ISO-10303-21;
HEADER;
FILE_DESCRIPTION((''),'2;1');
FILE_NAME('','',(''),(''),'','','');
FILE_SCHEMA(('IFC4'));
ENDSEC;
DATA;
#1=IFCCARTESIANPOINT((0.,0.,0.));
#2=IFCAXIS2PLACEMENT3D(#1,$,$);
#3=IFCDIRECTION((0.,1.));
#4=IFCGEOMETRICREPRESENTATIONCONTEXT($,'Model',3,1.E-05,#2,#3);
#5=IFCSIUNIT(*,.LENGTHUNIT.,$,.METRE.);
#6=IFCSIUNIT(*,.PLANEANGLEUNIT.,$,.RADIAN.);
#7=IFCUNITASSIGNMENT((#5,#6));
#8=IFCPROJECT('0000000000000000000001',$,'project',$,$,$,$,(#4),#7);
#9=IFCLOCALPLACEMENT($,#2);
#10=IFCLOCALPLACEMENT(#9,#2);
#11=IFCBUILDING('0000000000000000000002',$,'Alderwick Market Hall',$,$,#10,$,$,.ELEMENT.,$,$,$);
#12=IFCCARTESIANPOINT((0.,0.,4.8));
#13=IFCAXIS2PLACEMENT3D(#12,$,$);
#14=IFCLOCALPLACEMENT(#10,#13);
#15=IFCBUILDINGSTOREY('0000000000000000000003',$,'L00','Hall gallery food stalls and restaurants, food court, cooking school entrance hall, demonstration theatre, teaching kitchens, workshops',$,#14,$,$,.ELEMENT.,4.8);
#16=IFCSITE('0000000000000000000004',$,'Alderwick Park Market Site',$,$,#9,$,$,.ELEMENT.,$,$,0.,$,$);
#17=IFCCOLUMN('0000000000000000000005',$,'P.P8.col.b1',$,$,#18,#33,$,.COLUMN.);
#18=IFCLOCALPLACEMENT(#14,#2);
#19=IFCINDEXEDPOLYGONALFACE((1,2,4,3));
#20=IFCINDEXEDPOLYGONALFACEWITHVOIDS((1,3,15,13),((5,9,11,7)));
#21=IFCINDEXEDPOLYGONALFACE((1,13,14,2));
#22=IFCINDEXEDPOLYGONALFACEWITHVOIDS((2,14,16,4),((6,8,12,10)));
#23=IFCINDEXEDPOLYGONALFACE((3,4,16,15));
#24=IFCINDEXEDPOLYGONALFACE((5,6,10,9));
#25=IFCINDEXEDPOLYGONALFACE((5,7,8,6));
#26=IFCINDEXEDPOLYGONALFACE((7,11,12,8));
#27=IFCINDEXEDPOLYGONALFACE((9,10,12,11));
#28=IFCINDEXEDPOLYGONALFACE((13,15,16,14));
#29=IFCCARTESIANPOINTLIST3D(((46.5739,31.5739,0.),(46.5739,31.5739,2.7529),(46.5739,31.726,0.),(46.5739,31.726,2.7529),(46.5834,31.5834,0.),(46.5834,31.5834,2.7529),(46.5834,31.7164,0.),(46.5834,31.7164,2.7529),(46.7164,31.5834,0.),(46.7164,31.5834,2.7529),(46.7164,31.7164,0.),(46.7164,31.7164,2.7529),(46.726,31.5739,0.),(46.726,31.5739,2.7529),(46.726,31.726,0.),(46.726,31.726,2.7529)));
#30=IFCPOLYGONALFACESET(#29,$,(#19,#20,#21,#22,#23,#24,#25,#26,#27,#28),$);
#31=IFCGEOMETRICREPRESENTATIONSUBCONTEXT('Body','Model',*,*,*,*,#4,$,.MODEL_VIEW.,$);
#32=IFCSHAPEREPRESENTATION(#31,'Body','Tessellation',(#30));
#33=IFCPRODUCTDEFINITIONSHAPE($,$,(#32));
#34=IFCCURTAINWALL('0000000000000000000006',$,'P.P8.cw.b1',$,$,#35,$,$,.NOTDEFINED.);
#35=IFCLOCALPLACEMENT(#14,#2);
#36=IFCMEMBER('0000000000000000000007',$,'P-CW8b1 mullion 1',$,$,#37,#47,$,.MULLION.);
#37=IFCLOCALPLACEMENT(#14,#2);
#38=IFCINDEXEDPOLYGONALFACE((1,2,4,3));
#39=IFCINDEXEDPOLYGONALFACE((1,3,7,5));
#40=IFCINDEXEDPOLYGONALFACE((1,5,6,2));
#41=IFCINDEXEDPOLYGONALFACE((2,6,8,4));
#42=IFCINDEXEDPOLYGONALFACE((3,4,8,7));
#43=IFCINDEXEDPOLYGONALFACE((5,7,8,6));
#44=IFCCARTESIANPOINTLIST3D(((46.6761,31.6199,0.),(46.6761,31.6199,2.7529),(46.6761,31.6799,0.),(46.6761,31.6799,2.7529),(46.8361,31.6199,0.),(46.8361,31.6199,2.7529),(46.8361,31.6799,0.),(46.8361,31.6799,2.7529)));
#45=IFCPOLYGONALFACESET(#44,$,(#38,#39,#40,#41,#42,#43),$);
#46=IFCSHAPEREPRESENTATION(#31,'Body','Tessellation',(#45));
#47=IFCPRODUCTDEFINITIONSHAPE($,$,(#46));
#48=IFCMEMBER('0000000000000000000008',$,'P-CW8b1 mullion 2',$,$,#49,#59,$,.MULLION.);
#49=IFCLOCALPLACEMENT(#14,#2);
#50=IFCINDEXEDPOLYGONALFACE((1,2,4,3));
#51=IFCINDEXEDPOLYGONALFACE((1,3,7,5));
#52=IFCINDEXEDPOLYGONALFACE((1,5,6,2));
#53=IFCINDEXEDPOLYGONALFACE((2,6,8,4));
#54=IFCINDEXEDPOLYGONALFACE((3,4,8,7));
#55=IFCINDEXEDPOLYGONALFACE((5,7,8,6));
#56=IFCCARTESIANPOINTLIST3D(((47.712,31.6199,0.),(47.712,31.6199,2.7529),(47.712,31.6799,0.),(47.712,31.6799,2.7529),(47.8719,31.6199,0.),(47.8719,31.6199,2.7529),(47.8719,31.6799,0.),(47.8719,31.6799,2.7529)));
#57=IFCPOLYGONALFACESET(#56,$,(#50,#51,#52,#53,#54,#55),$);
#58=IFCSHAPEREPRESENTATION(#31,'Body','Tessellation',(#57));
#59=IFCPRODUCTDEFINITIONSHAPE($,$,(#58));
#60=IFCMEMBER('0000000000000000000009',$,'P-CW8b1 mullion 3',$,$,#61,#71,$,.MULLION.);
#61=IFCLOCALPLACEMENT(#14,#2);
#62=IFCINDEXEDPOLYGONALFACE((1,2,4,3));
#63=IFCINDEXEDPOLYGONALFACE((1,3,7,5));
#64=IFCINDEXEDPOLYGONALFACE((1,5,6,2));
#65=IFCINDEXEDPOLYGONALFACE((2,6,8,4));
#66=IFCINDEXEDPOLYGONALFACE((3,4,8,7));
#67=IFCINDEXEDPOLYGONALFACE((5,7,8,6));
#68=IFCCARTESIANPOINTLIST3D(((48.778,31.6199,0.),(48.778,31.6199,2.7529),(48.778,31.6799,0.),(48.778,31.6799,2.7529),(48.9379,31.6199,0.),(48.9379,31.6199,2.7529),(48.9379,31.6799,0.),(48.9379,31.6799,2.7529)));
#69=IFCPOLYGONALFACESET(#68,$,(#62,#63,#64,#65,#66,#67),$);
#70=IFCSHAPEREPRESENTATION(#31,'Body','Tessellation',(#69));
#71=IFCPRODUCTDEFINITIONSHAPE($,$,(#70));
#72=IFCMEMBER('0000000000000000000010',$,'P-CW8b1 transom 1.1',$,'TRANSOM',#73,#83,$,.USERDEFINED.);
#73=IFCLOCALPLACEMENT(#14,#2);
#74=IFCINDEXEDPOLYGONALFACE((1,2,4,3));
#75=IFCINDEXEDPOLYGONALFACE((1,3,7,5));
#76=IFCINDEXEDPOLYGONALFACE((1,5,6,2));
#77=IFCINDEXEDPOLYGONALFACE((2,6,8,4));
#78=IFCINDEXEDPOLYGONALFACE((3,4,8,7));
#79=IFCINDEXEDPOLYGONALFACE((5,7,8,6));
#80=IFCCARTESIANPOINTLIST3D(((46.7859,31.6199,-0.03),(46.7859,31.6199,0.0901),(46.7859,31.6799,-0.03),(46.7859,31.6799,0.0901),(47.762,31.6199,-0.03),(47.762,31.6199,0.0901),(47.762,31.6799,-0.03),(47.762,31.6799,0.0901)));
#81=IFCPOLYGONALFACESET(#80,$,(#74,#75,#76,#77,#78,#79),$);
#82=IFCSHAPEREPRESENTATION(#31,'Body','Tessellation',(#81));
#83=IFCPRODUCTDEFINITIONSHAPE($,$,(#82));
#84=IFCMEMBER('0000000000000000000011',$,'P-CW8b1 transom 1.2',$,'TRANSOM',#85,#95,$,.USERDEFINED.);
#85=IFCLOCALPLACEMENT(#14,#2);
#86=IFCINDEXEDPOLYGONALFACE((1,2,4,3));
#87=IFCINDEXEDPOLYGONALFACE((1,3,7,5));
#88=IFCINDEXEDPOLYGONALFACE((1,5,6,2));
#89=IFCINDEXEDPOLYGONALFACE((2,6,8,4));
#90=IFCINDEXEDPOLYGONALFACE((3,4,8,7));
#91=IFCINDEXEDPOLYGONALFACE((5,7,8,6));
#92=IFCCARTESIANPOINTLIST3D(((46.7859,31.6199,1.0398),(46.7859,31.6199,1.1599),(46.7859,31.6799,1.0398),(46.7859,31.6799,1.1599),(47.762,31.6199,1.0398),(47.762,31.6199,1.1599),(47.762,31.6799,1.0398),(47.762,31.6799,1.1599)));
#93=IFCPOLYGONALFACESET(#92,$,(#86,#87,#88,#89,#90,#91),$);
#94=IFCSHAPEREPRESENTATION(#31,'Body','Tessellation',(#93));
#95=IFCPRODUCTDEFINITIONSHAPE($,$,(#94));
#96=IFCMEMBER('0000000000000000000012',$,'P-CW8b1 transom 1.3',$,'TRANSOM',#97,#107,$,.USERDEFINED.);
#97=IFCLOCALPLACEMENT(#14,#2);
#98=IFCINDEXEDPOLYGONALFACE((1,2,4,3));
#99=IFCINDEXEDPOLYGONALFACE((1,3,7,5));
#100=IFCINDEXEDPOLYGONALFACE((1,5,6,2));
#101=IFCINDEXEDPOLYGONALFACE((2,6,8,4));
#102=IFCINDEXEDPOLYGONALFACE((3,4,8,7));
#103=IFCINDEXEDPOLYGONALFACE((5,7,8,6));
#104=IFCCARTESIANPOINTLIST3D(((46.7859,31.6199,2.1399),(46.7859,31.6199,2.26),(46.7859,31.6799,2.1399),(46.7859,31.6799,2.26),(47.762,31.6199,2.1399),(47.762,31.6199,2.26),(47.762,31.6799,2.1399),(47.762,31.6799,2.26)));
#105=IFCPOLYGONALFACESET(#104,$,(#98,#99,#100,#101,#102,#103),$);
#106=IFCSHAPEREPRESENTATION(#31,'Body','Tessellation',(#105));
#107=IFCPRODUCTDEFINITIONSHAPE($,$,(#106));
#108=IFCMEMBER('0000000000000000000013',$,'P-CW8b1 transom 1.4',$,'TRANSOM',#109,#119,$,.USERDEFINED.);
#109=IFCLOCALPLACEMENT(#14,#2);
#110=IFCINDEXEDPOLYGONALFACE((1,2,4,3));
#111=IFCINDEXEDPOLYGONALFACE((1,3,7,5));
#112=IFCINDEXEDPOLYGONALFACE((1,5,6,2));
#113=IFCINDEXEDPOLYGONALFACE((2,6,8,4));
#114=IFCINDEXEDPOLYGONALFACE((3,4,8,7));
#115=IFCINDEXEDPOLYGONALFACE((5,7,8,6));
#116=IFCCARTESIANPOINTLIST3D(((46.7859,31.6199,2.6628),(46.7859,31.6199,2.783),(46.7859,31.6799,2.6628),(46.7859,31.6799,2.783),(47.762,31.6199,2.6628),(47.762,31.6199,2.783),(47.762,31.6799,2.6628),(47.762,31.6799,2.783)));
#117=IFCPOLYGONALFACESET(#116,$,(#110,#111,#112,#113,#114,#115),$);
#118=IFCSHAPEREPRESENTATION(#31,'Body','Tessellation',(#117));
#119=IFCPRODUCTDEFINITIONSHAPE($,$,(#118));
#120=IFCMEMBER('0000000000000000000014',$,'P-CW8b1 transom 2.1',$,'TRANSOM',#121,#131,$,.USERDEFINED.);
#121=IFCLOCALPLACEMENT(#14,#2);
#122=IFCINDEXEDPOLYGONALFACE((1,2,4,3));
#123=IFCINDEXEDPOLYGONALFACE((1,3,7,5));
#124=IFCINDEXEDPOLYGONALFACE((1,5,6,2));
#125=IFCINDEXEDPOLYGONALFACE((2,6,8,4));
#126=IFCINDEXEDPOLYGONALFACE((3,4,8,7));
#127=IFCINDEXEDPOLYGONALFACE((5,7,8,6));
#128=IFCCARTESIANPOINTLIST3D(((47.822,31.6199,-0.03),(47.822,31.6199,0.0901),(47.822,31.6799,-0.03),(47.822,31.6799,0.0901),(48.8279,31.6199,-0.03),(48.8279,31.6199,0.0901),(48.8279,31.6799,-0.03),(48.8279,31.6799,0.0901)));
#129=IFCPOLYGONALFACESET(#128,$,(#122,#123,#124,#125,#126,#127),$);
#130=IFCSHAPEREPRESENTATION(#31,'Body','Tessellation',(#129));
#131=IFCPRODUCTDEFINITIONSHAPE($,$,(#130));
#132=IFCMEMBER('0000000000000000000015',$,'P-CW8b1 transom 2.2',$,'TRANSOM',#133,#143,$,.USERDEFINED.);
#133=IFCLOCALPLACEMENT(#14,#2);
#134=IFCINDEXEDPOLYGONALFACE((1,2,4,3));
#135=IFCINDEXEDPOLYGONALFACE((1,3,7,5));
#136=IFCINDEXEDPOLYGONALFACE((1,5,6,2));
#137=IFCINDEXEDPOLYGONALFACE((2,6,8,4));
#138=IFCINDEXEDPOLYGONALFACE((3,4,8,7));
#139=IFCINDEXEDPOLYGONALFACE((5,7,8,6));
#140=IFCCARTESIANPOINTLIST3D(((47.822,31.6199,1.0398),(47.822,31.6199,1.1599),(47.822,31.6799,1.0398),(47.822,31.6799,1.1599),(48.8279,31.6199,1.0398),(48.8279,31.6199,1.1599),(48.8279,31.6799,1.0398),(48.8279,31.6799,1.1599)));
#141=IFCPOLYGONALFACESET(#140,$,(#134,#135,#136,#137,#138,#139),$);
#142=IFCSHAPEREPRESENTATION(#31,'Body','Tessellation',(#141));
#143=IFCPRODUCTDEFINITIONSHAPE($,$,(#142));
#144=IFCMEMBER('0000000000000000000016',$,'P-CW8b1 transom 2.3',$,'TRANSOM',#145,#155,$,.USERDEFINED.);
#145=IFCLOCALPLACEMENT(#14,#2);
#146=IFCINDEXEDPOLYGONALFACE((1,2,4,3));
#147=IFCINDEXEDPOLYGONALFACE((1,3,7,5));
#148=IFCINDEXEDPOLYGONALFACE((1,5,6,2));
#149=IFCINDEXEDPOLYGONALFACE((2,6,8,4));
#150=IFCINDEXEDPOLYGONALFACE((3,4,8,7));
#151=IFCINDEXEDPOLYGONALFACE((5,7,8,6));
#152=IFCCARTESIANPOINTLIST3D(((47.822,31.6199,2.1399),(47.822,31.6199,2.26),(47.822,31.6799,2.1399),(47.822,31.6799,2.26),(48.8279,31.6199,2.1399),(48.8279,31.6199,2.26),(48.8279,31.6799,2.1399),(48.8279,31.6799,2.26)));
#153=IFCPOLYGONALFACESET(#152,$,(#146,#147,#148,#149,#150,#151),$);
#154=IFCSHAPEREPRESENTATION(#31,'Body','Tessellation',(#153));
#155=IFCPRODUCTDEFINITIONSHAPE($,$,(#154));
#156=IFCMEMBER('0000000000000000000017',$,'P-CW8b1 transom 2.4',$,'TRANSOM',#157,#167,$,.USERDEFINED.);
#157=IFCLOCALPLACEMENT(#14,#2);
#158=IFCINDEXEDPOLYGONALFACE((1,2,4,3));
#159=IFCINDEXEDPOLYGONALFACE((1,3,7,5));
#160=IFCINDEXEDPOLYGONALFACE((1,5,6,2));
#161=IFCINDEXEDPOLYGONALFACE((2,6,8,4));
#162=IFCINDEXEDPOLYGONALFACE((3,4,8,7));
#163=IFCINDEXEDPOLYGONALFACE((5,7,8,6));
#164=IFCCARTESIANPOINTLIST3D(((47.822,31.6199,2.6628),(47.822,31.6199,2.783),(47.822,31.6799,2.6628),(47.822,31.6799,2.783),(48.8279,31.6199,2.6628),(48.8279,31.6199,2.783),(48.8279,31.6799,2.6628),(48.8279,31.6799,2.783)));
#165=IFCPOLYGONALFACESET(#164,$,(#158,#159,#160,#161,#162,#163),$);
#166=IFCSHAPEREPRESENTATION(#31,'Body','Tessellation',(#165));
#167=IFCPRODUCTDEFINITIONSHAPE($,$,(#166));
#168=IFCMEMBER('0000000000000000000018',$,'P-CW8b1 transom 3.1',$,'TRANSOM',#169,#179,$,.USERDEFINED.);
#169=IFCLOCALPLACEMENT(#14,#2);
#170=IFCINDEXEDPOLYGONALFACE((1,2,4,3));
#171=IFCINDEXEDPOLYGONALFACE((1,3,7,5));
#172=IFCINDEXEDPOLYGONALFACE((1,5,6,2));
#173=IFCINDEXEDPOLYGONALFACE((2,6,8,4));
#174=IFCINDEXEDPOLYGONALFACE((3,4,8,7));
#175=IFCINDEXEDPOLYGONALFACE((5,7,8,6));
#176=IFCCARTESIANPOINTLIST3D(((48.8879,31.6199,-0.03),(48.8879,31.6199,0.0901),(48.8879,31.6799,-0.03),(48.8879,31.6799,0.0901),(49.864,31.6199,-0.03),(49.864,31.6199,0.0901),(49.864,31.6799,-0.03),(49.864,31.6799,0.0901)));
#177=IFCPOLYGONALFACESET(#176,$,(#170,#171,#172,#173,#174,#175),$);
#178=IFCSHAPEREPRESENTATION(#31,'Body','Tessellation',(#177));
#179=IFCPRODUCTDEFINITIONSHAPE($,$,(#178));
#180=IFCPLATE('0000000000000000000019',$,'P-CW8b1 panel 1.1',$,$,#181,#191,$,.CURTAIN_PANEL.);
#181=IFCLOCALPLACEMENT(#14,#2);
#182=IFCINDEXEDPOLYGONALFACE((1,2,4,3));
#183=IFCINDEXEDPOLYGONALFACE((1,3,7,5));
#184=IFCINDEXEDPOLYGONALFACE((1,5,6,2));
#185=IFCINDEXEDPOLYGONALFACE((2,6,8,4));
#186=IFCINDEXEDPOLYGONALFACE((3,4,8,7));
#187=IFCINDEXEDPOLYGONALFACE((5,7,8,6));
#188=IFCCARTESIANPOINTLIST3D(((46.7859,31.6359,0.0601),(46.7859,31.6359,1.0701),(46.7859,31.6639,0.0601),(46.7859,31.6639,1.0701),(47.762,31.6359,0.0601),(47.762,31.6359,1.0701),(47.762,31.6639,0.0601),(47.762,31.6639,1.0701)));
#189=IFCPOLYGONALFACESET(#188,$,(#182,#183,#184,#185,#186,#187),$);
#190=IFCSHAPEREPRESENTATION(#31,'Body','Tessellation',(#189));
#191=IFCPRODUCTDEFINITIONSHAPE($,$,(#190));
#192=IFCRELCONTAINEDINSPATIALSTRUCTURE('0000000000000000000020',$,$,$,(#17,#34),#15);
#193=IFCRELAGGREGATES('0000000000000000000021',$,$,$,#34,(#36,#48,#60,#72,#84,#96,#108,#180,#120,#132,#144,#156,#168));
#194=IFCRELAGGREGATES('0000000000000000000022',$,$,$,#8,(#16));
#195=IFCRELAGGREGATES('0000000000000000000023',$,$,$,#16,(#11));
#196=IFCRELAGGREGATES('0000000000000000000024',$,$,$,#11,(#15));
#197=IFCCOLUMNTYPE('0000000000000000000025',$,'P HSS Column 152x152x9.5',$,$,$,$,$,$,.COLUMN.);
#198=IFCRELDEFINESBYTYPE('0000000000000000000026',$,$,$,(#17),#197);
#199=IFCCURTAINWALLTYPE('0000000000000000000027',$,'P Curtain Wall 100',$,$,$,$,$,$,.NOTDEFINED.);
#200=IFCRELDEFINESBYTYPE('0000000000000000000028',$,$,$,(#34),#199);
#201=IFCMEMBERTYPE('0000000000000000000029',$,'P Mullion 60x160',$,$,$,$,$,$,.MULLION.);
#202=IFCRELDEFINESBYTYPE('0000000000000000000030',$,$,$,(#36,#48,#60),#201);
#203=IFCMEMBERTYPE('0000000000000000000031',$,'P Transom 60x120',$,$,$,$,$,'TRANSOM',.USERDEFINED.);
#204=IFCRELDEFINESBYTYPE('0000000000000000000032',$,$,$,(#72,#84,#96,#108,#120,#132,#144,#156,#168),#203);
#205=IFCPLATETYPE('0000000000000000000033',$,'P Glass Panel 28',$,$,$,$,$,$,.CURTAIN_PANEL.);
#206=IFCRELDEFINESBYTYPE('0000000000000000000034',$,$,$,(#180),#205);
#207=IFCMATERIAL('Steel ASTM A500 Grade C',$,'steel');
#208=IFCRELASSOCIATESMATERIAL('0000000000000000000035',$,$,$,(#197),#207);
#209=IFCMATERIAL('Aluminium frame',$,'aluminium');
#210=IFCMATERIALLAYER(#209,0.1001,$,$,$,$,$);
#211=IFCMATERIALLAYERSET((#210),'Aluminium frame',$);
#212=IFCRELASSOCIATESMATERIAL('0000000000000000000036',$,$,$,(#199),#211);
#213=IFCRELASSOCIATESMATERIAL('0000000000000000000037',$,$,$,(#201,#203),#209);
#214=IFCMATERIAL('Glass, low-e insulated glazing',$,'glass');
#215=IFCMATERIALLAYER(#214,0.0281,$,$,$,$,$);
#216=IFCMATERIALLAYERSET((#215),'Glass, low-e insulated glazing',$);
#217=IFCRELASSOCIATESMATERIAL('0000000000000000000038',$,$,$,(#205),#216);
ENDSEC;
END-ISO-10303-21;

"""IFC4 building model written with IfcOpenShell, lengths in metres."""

from ifc_helpers import new_model, si_unit, direction, frame, origin, origin_2d, place, context, subcontext, project, spatial, rectangle, hollow_rectangle, extrude, material, layer, layer_set, material_profile, profile_set, type_object, element, aggregate, save


model = new_model("IFC4")

# Units and contexts
model_context = context("Model", 3, precision=1e-05, world=origin(), true_north=direction((0.0, 1.0)))
body_context = subcontext(model_context, "Body", "Model", "MODEL_VIEW")
ifc_project = project(units=[si_unit("LENGTHUNIT", "METRE"), si_unit("PLANEANGLEUNIT", "RADIAN")], contexts=[model_context])

# Site, building, storey
site_placement = place(None, origin())
site = spatial("IfcSite", under=ifc_project, at=site_placement, Name="Alderwick Park Market Site", CompositionType="ELEMENT", RefElevation=0.0)
building_placement = place(site_placement, origin())
building = spatial("IfcBuilding", under=site, at=building_placement, Name="Alderwick Market Hall", CompositionType="ELEMENT")
storey_placement = place(building_placement, frame((0.0, 0.0, 4.8)))
storey = spatial("IfcBuildingStorey", under=building, at=storey_placement, Name="L00", Description="Hall gallery food stalls and restaurants, food court, cooking school entrance hall, demonstration theatre, teaching kitchens, workshops", CompositionType="ELEMENT", Elevation=4.8)

# Column
ifc_material_1 = material(Name="Steel ASTM A500 Grade C", Category="steel")
ifc_material_profile_1 = material_profile(ifc_material_1, hollow_rectangle(XDim=0.1521, YDim=0.1521, WallThickness=0.0095, at=origin_2d()), Name="HSS152x152x9.5")
ifc_profile_set_1 = profile_set([ifc_material_profile_1], Name="Steel ASTM A500 Grade C")
column_type = type_object("IfcColumnType", Name="P HSS Column 152x152x9.5", PredefinedType="COLUMN", material=ifc_profile_set_1)
column_placement = place(storey_placement, frame((46.6499, 31.6499, 0.0), z_axis=(0.0, 0.0, 1.0), x_axis=(1.0, 0.0, 0.0)))
element("IfcColumn", 1, at=column_placement, inside=storey, type_object=column_type, Name="P.P8.col.b1", PredefinedType="COLUMN", context=body_context, shape_type="SweptSolid", body=[
    extrude(hollow_rectangle(XDim=0.1521, YDim=0.1521, WallThickness=0.0095, at=origin_2d()), origin(), (0.0, 0.0, 1.0), 2.7529),
])

# Curtain wall, members, plate
ifc_material_2 = material(Name="Aluminium frame", Category="aluminium")
ifc_layer_1 = layer(ifc_material_2, 0.1001)
ifc_layer_set_1 = layer_set([ifc_layer_1], Name="Aluminium frame")
curtain_wall_type = type_object("IfcCurtainWallType", Name="P Curtain Wall 100", PredefinedType="NOTDEFINED", material=ifc_layer_set_1)
curtain_wall_placement = place(storey_placement, origin())
curtain_wall = element("IfcCurtainWall", 2, at=curtain_wall_placement, inside=storey, type_object=curtain_wall_type, Name="P.P8.cw.b1", PredefinedType="NOTDEFINED")
ifc_material_profile_2 = material_profile(ifc_material_2, rectangle(XDim=0.0601, YDim=0.1599, at=origin_2d()), Name="P Mullion 60x160")
ifc_profile_set_2 = profile_set([ifc_material_profile_2], Name="Aluminium frame")
member_type_1 = type_object("IfcMemberType", Name="P Mullion 60x160", PredefinedType="MULLION", material=ifc_profile_set_2)
member_1_placement = place(storey_placement, frame((46.7561, 31.6499, 0.0), z_axis=(0.0, 0.0, 1.0), x_axis=(0.0, 1.0, 0.0)))
member_1 = element("IfcMember", 3, at=member_1_placement, type_object=member_type_1, Name="P-CW8b1 mullion 1", PredefinedType="MULLION", context=body_context, shape_type="SweptSolid", body=[
    extrude(rectangle(XDim=0.0601, YDim=0.1599, at=origin_2d()), origin(), (0.0, 0.0, 1.0), 2.7529),
])
member_2_placement = place(storey_placement, frame((47.792, 31.6499, 0.0), z_axis=(0.0, 0.0, 1.0), x_axis=(0.0, 1.0, 0.0)))
member_2 = element("IfcMember", 4, at=member_2_placement, type_object=member_type_1, Name="P-CW8b1 mullion 2", PredefinedType="MULLION", context=body_context, shape_type="SweptSolid", body=[
    extrude(rectangle(XDim=0.0601, YDim=0.1599, at=origin_2d()), origin(), (0.0, 0.0, 1.0), 2.7529),
])
member_3_placement = place(storey_placement, frame((48.8579, 31.6499, 0.0), z_axis=(0.0, 0.0, 1.0), x_axis=(0.0, 1.0, 0.0)))
member_3 = element("IfcMember", 5, at=member_3_placement, type_object=member_type_1, Name="P-CW8b1 mullion 3", PredefinedType="MULLION", context=body_context, shape_type="SweptSolid", body=[
    extrude(rectangle(XDim=0.0601, YDim=0.1599, at=origin_2d()), origin(), (0.0, 0.0, 1.0), 2.7529),
])
ifc_material_profile_3 = material_profile(ifc_material_2, rectangle(XDim=0.0601, YDim=0.1201, at=origin_2d()), Name="P Transom 60x120")
ifc_profile_set_3 = profile_set([ifc_material_profile_3], Name="Aluminium frame")
member_type_2 = type_object("IfcMemberType", Name="P Transom 60x120", ElementType="TRANSOM", PredefinedType="USERDEFINED", material=ifc_profile_set_3)
member_4_placement = place(storey_placement, frame((46.7859, 31.6499, 0.03), z_axis=(1.0, 0.0, 0.0), x_axis=(0.0, 1.0, 0.0)))
member_4 = element("IfcMember", 6, at=member_4_placement, type_object=member_type_2, Name="P-CW8b1 transom 1.1", ObjectType="TRANSOM", PredefinedType="USERDEFINED", context=body_context, shape_type="SweptSolid", body=[
    extrude(rectangle(XDim=0.0601, YDim=0.1201, at=origin_2d()), origin(), (0.0, 0.0, 1.0), 0.9761),
])
member_5_placement = place(storey_placement, frame((46.7859, 31.6499, 1.0999), z_axis=(1.0, 0.0, 0.0), x_axis=(0.0, 1.0, 0.0)))
member_5 = element("IfcMember", 7, at=member_5_placement, type_object=member_type_2, Name="P-CW8b1 transom 1.2", ObjectType="TRANSOM", PredefinedType="USERDEFINED", context=body_context, shape_type="SweptSolid", body=[
    extrude(rectangle(XDim=0.0601, YDim=0.1201, at=origin_2d()), origin(), (0.0, 0.0, 1.0), 0.9761),
])
member_6_placement = place(storey_placement, frame((46.7859, 31.6499, 2.2), z_axis=(1.0, 0.0, 0.0), x_axis=(0.0, 1.0, 0.0)))
member_6 = element("IfcMember", 8, at=member_6_placement, type_object=member_type_2, Name="P-CW8b1 transom 1.3", ObjectType="TRANSOM", PredefinedType="USERDEFINED", context=body_context, shape_type="SweptSolid", body=[
    extrude(rectangle(XDim=0.0601, YDim=0.1201, at=origin_2d()), origin(), (0.0, 0.0, 1.0), 0.9761),
])
member_7_placement = place(storey_placement, frame((46.7859, 31.6499, 2.7229), z_axis=(1.0, 0.0, 0.0), x_axis=(0.0, 1.0, 0.0)))
member_7 = element("IfcMember", 9, at=member_7_placement, type_object=member_type_2, Name="P-CW8b1 transom 1.4", ObjectType="TRANSOM", PredefinedType="USERDEFINED", context=body_context, shape_type="SweptSolid", body=[
    extrude(rectangle(XDim=0.0601, YDim=0.1201, at=origin_2d()), origin(), (0.0, 0.0, 1.0), 0.9761),
])
member_8_placement = place(storey_placement, frame((47.822, 31.6499, 0.03), z_axis=(1.0, 0.0, 0.0), x_axis=(0.0, 1.0, 0.0)))
member_8 = element("IfcMember", 10, at=member_8_placement, type_object=member_type_2, Name="P-CW8b1 transom 2.1", ObjectType="TRANSOM", PredefinedType="USERDEFINED", context=body_context, shape_type="SweptSolid", body=[
    extrude(rectangle(XDim=0.0601, YDim=0.1201, at=origin_2d()), origin(), (0.0, 0.0, 1.0), 1.0059),
])
member_9_placement = place(storey_placement, frame((47.822, 31.6499, 1.0999), z_axis=(1.0, 0.0, 0.0), x_axis=(0.0, 1.0, 0.0)))
member_9 = element("IfcMember", 11, at=member_9_placement, type_object=member_type_2, Name="P-CW8b1 transom 2.2", ObjectType="TRANSOM", PredefinedType="USERDEFINED", context=body_context, shape_type="SweptSolid", body=[
    extrude(rectangle(XDim=0.0601, YDim=0.1201, at=origin_2d()), origin(), (0.0, 0.0, 1.0), 1.0059),
])
member_10_placement = place(storey_placement, frame((47.822, 31.6499, 2.2), z_axis=(1.0, 0.0, 0.0), x_axis=(0.0, 1.0, 0.0)))
member_10 = element("IfcMember", 12, at=member_10_placement, type_object=member_type_2, Name="P-CW8b1 transom 2.3", ObjectType="TRANSOM", PredefinedType="USERDEFINED", context=body_context, shape_type="SweptSolid", body=[
    extrude(rectangle(XDim=0.0601, YDim=0.1201, at=origin_2d()), origin(), (0.0, 0.0, 1.0), 1.0059),
])
member_11_placement = place(storey_placement, frame((47.822, 31.6499, 2.7229), z_axis=(1.0, 0.0, 0.0), x_axis=(0.0, 1.0, 0.0)))
member_11 = element("IfcMember", 13, at=member_11_placement, type_object=member_type_2, Name="P-CW8b1 transom 2.4", ObjectType="TRANSOM", PredefinedType="USERDEFINED", context=body_context, shape_type="SweptSolid", body=[
    extrude(rectangle(XDim=0.0601, YDim=0.1201, at=origin_2d()), origin(), (0.0, 0.0, 1.0), 1.0059),
])
member_12_placement = place(storey_placement, frame((48.8879, 31.6499, 0.03), z_axis=(1.0, 0.0, 0.0), x_axis=(0.0, 1.0, 0.0)))
member_12 = element("IfcMember", 14, at=member_12_placement, type_object=member_type_2, Name="P-CW8b1 transom 3.1", ObjectType="TRANSOM", PredefinedType="USERDEFINED", context=body_context, shape_type="SweptSolid", body=[
    extrude(rectangle(XDim=0.0601, YDim=0.1201, at=origin_2d()), origin(), (0.0, 0.0, 1.0), 0.9761),
])
ifc_material_3 = material(Name="Glass, low-e insulated glazing", Category="glass")
ifc_layer_2 = layer(ifc_material_3, 0.0281)
ifc_layer_set_2 = layer_set([ifc_layer_2], Name="Glass, low-e insulated glazing")
plate_type = type_object("IfcPlateType", Name="P Glass Panel 28", PredefinedType="CURTAIN_PANEL", material=ifc_layer_set_2)
plate_1_placement = place(storey_placement, frame((47.2739, 31.6499, 0.0601), z_axis=(0.0, 0.0, 1.0), x_axis=(1.0, 0.0, 0.0)))
plate_1 = element("IfcPlate", 15, at=plate_1_placement, type_object=plate_type, Name="P-CW8b1 panel 1.1", PredefinedType="CURTAIN_PANEL", context=body_context, shape_type="SweptSolid", body=[
    extrude(rectangle(XDim=0.9761, YDim=0.0281, at=origin_2d()), origin(), (0.0, 0.0, 1.0), 1.01),
])
aggregate(curtain_wall, [member_1, member_2, member_3, member_4, member_5, member_6, member_7, plate_1, member_8, member_9, member_10, member_11, member_12])

save(model, "model.ifc")
